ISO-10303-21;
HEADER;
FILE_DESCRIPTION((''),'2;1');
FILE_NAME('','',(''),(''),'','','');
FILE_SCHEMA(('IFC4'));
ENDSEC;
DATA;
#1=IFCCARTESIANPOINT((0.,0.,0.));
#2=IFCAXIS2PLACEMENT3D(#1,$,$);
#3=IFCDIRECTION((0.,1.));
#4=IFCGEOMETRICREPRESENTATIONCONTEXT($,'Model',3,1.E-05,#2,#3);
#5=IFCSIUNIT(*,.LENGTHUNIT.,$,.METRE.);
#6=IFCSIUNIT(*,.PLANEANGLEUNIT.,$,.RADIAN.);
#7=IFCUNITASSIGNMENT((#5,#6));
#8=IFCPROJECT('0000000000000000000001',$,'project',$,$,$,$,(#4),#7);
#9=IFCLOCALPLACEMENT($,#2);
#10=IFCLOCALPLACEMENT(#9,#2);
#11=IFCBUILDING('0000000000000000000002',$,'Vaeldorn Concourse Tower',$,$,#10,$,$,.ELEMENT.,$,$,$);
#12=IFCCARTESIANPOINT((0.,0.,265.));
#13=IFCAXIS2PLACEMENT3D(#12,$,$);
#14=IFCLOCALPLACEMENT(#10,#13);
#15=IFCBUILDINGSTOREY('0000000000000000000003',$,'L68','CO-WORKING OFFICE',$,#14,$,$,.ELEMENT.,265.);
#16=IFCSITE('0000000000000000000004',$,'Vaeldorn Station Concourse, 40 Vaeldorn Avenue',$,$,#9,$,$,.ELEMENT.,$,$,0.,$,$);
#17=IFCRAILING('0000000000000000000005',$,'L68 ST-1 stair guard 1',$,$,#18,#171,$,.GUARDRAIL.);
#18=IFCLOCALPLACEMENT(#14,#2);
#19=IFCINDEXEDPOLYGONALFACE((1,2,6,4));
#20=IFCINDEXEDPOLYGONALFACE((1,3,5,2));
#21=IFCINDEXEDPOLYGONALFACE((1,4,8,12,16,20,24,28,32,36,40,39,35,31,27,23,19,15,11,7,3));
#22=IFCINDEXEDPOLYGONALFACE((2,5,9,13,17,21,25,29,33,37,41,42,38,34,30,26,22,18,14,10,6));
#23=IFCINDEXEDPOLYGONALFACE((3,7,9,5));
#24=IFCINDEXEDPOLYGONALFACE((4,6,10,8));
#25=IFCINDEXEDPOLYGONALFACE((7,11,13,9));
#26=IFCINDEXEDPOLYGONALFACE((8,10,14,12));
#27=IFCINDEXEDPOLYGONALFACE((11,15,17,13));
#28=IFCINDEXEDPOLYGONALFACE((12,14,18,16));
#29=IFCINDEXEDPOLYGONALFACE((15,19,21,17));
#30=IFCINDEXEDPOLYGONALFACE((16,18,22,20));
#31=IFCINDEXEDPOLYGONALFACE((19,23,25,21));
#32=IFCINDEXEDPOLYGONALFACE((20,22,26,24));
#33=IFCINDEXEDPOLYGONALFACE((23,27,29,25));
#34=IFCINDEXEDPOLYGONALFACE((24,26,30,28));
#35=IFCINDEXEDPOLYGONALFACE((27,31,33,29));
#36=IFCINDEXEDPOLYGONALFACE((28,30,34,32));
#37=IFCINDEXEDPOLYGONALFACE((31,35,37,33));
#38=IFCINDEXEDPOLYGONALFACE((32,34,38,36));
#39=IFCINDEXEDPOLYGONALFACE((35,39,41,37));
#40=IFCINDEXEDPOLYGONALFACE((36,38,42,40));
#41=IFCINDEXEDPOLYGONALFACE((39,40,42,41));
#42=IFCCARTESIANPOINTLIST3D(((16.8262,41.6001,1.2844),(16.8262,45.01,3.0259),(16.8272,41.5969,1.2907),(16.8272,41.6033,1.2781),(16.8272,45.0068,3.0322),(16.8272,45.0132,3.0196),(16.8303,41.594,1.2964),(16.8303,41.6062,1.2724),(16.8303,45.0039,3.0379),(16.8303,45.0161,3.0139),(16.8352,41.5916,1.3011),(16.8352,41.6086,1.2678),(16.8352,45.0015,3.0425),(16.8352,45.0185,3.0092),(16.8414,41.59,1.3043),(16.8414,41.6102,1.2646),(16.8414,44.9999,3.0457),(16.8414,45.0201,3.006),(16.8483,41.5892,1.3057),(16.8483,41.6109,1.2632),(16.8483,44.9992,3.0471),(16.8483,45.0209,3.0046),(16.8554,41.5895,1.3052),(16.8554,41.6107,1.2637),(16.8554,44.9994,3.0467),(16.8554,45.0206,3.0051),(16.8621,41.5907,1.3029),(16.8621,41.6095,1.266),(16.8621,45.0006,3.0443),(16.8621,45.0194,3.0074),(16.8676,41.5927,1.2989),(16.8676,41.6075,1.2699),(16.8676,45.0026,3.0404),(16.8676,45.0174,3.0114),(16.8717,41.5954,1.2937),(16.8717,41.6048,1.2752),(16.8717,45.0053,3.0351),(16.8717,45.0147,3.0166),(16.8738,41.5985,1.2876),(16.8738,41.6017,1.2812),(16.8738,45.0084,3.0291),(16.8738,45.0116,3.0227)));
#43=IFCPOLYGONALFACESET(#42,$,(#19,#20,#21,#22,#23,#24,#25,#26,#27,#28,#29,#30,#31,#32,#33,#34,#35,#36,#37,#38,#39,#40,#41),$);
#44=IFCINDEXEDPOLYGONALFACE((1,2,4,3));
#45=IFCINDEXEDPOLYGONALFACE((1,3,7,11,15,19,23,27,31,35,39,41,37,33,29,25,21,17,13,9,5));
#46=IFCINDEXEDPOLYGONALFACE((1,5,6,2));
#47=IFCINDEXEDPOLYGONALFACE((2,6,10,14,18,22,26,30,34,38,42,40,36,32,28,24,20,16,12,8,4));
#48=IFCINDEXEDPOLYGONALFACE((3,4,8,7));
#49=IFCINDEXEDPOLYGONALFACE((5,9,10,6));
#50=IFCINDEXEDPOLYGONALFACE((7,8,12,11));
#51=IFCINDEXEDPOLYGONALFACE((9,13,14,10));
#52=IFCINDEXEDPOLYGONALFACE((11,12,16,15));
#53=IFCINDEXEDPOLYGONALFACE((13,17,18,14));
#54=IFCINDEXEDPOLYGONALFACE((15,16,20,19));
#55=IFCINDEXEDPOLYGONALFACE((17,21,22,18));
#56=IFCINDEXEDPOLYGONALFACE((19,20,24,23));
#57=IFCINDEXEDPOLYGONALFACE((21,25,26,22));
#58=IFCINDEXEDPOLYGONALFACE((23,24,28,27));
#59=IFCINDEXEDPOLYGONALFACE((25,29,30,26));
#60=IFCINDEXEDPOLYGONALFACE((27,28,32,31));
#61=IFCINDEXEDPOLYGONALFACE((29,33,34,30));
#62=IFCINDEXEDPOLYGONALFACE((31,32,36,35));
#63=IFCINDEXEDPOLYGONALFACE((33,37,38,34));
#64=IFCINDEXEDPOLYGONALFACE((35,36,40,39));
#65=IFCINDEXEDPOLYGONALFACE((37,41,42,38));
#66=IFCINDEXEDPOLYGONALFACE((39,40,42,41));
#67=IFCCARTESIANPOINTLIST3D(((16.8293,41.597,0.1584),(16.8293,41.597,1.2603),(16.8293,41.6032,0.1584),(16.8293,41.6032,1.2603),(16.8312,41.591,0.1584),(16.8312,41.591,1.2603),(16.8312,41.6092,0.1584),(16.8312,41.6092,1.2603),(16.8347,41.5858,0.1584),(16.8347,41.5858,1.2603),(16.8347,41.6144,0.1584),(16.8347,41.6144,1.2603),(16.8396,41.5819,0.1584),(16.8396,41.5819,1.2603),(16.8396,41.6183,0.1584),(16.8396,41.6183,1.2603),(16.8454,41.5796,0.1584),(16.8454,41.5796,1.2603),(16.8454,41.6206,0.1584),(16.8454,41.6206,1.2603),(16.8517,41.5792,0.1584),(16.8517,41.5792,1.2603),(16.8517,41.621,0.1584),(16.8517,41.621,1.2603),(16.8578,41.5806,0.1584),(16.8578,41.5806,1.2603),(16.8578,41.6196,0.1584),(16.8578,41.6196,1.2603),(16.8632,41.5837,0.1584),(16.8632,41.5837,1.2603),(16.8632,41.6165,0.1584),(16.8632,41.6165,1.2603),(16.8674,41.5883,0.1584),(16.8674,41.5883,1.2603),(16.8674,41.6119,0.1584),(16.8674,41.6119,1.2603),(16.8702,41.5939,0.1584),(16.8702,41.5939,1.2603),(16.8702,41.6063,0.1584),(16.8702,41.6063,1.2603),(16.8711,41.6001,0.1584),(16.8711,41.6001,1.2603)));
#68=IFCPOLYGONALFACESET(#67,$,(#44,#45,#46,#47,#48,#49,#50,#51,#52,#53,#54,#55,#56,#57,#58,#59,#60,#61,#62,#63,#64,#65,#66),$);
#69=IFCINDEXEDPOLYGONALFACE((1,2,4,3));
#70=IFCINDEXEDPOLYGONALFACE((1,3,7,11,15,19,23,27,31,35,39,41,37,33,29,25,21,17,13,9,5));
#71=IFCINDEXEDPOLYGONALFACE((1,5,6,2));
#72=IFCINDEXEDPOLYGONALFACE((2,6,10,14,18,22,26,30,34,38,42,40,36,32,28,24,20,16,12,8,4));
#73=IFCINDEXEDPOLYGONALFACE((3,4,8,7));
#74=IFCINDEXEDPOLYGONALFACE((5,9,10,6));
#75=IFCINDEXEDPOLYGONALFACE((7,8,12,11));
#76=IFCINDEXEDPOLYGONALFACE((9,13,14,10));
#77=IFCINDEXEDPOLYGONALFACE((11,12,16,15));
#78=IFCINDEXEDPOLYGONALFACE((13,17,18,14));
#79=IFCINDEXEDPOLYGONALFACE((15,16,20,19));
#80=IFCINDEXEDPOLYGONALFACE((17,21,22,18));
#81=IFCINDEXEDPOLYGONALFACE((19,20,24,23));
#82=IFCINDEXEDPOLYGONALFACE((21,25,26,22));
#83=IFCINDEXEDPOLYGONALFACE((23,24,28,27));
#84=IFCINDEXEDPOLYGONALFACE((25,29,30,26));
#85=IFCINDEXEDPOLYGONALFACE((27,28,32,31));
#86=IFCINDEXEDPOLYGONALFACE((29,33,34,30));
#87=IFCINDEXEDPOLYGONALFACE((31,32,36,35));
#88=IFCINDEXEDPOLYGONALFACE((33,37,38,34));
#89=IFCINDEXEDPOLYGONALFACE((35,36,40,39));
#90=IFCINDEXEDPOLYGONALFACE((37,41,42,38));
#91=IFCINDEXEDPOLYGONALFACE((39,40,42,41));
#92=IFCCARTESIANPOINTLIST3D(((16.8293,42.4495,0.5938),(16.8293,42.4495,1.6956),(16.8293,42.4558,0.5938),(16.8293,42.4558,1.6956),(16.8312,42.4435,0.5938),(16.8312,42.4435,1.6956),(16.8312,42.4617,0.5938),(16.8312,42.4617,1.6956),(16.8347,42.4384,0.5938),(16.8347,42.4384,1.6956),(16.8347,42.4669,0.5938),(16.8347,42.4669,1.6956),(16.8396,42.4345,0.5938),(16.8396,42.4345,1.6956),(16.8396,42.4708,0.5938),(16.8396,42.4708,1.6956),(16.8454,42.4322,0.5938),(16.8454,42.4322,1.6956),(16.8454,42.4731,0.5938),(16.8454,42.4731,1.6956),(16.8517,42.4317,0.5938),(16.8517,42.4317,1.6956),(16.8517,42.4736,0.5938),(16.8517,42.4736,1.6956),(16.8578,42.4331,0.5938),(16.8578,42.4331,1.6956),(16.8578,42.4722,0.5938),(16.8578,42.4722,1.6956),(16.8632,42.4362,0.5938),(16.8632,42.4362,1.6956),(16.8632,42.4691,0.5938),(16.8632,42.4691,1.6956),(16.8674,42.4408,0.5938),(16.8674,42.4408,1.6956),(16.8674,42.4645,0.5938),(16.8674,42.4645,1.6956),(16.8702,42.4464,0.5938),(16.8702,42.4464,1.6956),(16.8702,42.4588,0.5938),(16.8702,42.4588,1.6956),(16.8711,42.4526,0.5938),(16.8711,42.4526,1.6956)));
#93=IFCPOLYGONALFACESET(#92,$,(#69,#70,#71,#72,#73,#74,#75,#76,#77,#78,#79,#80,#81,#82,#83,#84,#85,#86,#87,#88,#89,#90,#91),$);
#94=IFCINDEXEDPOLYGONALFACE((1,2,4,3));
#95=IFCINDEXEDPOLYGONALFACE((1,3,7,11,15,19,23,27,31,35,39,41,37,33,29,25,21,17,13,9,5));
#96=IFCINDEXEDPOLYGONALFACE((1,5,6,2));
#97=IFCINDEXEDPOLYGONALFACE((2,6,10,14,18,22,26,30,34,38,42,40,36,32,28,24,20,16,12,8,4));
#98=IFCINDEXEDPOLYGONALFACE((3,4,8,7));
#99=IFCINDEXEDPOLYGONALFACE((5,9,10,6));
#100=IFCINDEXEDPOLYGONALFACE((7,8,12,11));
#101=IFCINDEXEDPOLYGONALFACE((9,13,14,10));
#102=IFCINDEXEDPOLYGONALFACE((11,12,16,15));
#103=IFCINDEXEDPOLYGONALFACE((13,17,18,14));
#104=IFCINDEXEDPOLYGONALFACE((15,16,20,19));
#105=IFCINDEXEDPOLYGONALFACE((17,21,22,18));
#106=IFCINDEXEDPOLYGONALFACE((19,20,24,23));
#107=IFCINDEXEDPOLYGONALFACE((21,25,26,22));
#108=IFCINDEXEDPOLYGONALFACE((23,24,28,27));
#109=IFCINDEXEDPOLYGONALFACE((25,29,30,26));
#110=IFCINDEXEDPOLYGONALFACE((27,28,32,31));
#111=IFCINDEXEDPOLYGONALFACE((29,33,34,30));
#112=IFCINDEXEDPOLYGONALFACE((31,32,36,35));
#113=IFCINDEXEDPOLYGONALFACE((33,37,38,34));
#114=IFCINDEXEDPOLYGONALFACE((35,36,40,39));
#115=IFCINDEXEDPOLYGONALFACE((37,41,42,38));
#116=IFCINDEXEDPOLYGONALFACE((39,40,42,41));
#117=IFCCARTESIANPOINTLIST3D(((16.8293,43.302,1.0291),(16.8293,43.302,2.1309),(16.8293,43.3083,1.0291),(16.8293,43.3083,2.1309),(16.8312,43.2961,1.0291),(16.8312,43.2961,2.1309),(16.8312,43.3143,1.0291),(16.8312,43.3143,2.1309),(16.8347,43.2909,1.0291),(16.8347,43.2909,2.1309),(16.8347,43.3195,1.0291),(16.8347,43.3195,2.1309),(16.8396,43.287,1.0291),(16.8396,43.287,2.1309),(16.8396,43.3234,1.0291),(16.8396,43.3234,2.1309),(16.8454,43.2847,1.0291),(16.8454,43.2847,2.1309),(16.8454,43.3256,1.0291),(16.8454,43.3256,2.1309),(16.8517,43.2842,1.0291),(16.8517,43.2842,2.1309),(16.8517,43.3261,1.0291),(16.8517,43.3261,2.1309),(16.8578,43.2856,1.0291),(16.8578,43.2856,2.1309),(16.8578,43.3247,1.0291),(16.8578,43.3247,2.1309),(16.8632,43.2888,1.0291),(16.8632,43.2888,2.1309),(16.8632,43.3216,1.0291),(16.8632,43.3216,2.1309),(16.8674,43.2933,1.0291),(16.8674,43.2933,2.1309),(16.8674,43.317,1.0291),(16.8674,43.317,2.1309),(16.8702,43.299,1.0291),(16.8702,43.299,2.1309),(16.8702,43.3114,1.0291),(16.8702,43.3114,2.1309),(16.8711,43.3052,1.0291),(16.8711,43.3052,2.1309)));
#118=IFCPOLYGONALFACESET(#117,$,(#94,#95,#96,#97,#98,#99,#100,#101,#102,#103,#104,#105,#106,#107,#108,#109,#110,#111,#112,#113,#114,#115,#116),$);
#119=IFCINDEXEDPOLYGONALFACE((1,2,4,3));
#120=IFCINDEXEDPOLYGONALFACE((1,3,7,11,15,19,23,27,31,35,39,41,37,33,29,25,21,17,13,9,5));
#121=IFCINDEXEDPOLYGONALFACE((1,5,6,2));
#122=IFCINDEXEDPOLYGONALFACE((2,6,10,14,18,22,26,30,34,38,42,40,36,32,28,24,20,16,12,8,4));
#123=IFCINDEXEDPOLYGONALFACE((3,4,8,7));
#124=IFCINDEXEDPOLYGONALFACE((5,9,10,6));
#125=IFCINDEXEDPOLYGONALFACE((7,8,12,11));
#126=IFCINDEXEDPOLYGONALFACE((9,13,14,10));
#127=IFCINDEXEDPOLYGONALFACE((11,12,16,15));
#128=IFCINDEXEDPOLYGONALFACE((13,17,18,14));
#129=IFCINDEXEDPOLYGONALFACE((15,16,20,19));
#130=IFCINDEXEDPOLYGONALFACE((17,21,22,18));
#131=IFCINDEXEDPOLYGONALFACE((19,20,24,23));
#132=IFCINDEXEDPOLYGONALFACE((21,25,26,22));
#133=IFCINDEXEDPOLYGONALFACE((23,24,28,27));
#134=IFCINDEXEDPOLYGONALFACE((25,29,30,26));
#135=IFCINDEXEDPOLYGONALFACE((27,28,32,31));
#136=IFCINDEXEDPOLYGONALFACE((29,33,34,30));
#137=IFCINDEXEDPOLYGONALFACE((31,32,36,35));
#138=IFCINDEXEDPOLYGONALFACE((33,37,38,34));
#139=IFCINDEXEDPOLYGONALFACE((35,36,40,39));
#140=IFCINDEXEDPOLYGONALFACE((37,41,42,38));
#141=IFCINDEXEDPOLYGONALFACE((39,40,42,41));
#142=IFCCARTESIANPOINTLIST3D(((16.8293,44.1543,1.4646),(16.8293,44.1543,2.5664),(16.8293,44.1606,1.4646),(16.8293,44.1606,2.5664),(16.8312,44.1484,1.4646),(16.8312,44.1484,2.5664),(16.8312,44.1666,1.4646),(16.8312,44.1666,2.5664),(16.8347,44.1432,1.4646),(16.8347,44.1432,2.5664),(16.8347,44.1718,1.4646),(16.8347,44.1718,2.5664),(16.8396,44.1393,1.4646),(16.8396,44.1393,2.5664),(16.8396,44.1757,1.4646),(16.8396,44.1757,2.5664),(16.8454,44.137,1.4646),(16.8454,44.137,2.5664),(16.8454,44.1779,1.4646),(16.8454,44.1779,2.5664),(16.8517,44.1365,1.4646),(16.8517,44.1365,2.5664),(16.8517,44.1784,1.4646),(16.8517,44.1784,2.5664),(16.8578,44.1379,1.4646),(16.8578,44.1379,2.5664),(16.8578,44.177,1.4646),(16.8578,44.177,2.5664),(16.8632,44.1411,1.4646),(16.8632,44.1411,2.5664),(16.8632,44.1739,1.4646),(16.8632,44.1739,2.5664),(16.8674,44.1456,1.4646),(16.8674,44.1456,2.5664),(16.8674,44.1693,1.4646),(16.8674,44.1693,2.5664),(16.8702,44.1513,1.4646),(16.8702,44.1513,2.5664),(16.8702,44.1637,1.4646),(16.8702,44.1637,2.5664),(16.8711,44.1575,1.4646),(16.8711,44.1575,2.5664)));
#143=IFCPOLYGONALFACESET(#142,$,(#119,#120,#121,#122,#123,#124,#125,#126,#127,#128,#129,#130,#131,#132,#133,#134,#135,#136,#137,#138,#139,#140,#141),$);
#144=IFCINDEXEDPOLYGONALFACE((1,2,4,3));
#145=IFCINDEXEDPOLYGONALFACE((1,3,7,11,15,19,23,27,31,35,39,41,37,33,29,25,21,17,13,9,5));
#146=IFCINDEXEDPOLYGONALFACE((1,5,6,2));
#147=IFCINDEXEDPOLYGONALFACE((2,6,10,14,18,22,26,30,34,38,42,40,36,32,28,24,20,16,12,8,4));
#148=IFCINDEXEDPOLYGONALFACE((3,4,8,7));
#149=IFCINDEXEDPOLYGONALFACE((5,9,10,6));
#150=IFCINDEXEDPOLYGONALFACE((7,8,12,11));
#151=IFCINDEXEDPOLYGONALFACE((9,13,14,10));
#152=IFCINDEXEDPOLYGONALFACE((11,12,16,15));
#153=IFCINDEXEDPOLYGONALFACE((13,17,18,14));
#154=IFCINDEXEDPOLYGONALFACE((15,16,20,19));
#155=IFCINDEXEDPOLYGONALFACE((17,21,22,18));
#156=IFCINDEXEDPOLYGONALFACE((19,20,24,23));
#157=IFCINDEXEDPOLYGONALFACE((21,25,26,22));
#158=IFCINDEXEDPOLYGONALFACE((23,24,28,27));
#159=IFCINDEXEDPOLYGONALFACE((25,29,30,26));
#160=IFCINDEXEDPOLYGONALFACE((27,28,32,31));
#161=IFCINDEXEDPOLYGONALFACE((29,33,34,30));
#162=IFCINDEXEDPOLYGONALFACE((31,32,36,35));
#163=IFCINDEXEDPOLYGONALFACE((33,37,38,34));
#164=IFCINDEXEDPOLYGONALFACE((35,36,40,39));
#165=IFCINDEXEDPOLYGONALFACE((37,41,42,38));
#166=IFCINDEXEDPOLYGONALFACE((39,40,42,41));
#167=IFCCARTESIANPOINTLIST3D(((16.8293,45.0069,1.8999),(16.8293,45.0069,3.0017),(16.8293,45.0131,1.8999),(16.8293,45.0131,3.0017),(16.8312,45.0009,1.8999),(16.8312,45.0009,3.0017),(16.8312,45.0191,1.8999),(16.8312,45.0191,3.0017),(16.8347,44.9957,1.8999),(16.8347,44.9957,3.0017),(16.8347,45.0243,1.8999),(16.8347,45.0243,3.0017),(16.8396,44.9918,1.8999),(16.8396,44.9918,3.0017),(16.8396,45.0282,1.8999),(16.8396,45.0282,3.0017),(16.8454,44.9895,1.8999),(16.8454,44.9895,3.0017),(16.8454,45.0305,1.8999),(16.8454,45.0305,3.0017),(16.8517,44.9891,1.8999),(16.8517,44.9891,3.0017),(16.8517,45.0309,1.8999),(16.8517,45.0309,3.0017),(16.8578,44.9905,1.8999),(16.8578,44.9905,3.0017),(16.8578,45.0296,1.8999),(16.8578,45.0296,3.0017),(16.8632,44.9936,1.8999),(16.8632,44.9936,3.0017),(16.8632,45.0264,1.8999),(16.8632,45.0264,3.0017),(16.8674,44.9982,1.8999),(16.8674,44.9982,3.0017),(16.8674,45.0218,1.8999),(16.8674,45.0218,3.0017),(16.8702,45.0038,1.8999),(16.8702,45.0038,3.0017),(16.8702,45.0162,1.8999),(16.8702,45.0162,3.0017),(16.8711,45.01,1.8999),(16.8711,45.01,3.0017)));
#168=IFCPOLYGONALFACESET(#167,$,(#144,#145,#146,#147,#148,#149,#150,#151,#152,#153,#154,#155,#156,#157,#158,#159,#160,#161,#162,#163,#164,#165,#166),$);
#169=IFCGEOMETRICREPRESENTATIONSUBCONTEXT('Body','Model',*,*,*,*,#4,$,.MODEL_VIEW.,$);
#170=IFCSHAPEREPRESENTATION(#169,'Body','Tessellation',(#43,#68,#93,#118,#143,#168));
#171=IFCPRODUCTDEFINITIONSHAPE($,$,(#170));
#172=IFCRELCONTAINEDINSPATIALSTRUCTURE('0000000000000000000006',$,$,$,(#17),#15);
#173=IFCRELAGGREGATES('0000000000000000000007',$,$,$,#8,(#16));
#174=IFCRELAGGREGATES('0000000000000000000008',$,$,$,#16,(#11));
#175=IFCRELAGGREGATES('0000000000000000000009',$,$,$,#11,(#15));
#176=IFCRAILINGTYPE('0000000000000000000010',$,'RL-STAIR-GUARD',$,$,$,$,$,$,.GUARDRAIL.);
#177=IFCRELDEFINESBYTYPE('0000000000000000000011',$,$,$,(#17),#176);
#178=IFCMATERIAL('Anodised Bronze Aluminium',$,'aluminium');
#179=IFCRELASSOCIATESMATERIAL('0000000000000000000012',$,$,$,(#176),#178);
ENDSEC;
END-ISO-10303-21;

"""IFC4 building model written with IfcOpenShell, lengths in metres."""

from ifc_helpers import new_model, si_unit, direction, frame, origin, origin_2d, place, context, subcontext, project, spatial, circle, extrude, material, type_object, element, save


model = new_model("IFC4")

# Units and contexts
model_context = context("Model", 3, precision=1e-05, world=origin(), true_north=direction((0.0, 1.0)))
body_context = subcontext(model_context, "Body", "Model", "MODEL_VIEW")
ifc_project = project(units=[si_unit("LENGTHUNIT", "METRE"), si_unit("PLANEANGLEUNIT", "RADIAN")], contexts=[model_context])

# Site, building, storey
site_placement = place(None, origin())
site = spatial("IfcSite", under=ifc_project, at=site_placement, Name="Vaeldorn Station Concourse, 40 Vaeldorn Avenue", CompositionType="ELEMENT", RefElevation=0.0)
building_placement = place(site_placement, origin())
building = spatial("IfcBuilding", under=site, at=building_placement, Name="Vaeldorn Concourse Tower", CompositionType="ELEMENT")
storey_placement = place(building_placement, frame((0.0, 0.0, 265.0)))
storey = spatial("IfcBuildingStorey", under=building, at=storey_placement, Name="L68", Description="CO-WORKING OFFICE", CompositionType="ELEMENT", Elevation=265.0)

# Shared definitions
ifc_material_1 = material(Name="Anodised Bronze Aluminium", Category="aluminium")

# Railing
railing_type_1 = type_object("IfcRailingType", Name="RL-STAIR-GUARD", PredefinedType="GUARDRAIL", material=ifc_material_1)
railing_1_placement = place(storey_placement, frame((16.8501, 41.6001, 0.1584)))
element("IfcRailing", 1, at=railing_1_placement, inside=storey, type_object=railing_type_1, Name="L68 ST-1 stair guard 1", PredefinedType="GUARDRAIL", context=body_context, shape_type="SweptSolid", body=[
    extrude(circle(Radius=0.0239, at=origin_2d()), frame((0.0, 0.0, 1.126), z_axis=(0.0, 0.890582, 0.454823), x_axis=(-1.0, 0.0, 0.0)), (0.0, 0.0, 1.0), 3.8289),
    extrude(circle(Radius=0.021, at=origin_2d()), origin(), (0.0, 0.0, 1.0), 1.1018),
    extrude(circle(Radius=0.021, at=origin_2d()), frame((0.0, 0.8525, 0.4353)), (0.0, 0.0, 1.0), 1.1018),
    extrude(circle(Radius=0.021, at=origin_2d()), frame((0.0, 1.7051, 0.8706)), (0.0, 0.0, 1.0), 1.1018),
    extrude(circle(Radius=0.021, at=origin_2d()), frame((0.0, 2.5574, 1.3062)), (0.0, 0.0, 1.0), 1.1018),
    extrude(circle(Radius=0.021, at=origin_2d()), frame((0.0, 3.4099, 1.7415)), (0.0, 0.0, 1.0), 1.1018),
])

save(model, "model.ifc")
